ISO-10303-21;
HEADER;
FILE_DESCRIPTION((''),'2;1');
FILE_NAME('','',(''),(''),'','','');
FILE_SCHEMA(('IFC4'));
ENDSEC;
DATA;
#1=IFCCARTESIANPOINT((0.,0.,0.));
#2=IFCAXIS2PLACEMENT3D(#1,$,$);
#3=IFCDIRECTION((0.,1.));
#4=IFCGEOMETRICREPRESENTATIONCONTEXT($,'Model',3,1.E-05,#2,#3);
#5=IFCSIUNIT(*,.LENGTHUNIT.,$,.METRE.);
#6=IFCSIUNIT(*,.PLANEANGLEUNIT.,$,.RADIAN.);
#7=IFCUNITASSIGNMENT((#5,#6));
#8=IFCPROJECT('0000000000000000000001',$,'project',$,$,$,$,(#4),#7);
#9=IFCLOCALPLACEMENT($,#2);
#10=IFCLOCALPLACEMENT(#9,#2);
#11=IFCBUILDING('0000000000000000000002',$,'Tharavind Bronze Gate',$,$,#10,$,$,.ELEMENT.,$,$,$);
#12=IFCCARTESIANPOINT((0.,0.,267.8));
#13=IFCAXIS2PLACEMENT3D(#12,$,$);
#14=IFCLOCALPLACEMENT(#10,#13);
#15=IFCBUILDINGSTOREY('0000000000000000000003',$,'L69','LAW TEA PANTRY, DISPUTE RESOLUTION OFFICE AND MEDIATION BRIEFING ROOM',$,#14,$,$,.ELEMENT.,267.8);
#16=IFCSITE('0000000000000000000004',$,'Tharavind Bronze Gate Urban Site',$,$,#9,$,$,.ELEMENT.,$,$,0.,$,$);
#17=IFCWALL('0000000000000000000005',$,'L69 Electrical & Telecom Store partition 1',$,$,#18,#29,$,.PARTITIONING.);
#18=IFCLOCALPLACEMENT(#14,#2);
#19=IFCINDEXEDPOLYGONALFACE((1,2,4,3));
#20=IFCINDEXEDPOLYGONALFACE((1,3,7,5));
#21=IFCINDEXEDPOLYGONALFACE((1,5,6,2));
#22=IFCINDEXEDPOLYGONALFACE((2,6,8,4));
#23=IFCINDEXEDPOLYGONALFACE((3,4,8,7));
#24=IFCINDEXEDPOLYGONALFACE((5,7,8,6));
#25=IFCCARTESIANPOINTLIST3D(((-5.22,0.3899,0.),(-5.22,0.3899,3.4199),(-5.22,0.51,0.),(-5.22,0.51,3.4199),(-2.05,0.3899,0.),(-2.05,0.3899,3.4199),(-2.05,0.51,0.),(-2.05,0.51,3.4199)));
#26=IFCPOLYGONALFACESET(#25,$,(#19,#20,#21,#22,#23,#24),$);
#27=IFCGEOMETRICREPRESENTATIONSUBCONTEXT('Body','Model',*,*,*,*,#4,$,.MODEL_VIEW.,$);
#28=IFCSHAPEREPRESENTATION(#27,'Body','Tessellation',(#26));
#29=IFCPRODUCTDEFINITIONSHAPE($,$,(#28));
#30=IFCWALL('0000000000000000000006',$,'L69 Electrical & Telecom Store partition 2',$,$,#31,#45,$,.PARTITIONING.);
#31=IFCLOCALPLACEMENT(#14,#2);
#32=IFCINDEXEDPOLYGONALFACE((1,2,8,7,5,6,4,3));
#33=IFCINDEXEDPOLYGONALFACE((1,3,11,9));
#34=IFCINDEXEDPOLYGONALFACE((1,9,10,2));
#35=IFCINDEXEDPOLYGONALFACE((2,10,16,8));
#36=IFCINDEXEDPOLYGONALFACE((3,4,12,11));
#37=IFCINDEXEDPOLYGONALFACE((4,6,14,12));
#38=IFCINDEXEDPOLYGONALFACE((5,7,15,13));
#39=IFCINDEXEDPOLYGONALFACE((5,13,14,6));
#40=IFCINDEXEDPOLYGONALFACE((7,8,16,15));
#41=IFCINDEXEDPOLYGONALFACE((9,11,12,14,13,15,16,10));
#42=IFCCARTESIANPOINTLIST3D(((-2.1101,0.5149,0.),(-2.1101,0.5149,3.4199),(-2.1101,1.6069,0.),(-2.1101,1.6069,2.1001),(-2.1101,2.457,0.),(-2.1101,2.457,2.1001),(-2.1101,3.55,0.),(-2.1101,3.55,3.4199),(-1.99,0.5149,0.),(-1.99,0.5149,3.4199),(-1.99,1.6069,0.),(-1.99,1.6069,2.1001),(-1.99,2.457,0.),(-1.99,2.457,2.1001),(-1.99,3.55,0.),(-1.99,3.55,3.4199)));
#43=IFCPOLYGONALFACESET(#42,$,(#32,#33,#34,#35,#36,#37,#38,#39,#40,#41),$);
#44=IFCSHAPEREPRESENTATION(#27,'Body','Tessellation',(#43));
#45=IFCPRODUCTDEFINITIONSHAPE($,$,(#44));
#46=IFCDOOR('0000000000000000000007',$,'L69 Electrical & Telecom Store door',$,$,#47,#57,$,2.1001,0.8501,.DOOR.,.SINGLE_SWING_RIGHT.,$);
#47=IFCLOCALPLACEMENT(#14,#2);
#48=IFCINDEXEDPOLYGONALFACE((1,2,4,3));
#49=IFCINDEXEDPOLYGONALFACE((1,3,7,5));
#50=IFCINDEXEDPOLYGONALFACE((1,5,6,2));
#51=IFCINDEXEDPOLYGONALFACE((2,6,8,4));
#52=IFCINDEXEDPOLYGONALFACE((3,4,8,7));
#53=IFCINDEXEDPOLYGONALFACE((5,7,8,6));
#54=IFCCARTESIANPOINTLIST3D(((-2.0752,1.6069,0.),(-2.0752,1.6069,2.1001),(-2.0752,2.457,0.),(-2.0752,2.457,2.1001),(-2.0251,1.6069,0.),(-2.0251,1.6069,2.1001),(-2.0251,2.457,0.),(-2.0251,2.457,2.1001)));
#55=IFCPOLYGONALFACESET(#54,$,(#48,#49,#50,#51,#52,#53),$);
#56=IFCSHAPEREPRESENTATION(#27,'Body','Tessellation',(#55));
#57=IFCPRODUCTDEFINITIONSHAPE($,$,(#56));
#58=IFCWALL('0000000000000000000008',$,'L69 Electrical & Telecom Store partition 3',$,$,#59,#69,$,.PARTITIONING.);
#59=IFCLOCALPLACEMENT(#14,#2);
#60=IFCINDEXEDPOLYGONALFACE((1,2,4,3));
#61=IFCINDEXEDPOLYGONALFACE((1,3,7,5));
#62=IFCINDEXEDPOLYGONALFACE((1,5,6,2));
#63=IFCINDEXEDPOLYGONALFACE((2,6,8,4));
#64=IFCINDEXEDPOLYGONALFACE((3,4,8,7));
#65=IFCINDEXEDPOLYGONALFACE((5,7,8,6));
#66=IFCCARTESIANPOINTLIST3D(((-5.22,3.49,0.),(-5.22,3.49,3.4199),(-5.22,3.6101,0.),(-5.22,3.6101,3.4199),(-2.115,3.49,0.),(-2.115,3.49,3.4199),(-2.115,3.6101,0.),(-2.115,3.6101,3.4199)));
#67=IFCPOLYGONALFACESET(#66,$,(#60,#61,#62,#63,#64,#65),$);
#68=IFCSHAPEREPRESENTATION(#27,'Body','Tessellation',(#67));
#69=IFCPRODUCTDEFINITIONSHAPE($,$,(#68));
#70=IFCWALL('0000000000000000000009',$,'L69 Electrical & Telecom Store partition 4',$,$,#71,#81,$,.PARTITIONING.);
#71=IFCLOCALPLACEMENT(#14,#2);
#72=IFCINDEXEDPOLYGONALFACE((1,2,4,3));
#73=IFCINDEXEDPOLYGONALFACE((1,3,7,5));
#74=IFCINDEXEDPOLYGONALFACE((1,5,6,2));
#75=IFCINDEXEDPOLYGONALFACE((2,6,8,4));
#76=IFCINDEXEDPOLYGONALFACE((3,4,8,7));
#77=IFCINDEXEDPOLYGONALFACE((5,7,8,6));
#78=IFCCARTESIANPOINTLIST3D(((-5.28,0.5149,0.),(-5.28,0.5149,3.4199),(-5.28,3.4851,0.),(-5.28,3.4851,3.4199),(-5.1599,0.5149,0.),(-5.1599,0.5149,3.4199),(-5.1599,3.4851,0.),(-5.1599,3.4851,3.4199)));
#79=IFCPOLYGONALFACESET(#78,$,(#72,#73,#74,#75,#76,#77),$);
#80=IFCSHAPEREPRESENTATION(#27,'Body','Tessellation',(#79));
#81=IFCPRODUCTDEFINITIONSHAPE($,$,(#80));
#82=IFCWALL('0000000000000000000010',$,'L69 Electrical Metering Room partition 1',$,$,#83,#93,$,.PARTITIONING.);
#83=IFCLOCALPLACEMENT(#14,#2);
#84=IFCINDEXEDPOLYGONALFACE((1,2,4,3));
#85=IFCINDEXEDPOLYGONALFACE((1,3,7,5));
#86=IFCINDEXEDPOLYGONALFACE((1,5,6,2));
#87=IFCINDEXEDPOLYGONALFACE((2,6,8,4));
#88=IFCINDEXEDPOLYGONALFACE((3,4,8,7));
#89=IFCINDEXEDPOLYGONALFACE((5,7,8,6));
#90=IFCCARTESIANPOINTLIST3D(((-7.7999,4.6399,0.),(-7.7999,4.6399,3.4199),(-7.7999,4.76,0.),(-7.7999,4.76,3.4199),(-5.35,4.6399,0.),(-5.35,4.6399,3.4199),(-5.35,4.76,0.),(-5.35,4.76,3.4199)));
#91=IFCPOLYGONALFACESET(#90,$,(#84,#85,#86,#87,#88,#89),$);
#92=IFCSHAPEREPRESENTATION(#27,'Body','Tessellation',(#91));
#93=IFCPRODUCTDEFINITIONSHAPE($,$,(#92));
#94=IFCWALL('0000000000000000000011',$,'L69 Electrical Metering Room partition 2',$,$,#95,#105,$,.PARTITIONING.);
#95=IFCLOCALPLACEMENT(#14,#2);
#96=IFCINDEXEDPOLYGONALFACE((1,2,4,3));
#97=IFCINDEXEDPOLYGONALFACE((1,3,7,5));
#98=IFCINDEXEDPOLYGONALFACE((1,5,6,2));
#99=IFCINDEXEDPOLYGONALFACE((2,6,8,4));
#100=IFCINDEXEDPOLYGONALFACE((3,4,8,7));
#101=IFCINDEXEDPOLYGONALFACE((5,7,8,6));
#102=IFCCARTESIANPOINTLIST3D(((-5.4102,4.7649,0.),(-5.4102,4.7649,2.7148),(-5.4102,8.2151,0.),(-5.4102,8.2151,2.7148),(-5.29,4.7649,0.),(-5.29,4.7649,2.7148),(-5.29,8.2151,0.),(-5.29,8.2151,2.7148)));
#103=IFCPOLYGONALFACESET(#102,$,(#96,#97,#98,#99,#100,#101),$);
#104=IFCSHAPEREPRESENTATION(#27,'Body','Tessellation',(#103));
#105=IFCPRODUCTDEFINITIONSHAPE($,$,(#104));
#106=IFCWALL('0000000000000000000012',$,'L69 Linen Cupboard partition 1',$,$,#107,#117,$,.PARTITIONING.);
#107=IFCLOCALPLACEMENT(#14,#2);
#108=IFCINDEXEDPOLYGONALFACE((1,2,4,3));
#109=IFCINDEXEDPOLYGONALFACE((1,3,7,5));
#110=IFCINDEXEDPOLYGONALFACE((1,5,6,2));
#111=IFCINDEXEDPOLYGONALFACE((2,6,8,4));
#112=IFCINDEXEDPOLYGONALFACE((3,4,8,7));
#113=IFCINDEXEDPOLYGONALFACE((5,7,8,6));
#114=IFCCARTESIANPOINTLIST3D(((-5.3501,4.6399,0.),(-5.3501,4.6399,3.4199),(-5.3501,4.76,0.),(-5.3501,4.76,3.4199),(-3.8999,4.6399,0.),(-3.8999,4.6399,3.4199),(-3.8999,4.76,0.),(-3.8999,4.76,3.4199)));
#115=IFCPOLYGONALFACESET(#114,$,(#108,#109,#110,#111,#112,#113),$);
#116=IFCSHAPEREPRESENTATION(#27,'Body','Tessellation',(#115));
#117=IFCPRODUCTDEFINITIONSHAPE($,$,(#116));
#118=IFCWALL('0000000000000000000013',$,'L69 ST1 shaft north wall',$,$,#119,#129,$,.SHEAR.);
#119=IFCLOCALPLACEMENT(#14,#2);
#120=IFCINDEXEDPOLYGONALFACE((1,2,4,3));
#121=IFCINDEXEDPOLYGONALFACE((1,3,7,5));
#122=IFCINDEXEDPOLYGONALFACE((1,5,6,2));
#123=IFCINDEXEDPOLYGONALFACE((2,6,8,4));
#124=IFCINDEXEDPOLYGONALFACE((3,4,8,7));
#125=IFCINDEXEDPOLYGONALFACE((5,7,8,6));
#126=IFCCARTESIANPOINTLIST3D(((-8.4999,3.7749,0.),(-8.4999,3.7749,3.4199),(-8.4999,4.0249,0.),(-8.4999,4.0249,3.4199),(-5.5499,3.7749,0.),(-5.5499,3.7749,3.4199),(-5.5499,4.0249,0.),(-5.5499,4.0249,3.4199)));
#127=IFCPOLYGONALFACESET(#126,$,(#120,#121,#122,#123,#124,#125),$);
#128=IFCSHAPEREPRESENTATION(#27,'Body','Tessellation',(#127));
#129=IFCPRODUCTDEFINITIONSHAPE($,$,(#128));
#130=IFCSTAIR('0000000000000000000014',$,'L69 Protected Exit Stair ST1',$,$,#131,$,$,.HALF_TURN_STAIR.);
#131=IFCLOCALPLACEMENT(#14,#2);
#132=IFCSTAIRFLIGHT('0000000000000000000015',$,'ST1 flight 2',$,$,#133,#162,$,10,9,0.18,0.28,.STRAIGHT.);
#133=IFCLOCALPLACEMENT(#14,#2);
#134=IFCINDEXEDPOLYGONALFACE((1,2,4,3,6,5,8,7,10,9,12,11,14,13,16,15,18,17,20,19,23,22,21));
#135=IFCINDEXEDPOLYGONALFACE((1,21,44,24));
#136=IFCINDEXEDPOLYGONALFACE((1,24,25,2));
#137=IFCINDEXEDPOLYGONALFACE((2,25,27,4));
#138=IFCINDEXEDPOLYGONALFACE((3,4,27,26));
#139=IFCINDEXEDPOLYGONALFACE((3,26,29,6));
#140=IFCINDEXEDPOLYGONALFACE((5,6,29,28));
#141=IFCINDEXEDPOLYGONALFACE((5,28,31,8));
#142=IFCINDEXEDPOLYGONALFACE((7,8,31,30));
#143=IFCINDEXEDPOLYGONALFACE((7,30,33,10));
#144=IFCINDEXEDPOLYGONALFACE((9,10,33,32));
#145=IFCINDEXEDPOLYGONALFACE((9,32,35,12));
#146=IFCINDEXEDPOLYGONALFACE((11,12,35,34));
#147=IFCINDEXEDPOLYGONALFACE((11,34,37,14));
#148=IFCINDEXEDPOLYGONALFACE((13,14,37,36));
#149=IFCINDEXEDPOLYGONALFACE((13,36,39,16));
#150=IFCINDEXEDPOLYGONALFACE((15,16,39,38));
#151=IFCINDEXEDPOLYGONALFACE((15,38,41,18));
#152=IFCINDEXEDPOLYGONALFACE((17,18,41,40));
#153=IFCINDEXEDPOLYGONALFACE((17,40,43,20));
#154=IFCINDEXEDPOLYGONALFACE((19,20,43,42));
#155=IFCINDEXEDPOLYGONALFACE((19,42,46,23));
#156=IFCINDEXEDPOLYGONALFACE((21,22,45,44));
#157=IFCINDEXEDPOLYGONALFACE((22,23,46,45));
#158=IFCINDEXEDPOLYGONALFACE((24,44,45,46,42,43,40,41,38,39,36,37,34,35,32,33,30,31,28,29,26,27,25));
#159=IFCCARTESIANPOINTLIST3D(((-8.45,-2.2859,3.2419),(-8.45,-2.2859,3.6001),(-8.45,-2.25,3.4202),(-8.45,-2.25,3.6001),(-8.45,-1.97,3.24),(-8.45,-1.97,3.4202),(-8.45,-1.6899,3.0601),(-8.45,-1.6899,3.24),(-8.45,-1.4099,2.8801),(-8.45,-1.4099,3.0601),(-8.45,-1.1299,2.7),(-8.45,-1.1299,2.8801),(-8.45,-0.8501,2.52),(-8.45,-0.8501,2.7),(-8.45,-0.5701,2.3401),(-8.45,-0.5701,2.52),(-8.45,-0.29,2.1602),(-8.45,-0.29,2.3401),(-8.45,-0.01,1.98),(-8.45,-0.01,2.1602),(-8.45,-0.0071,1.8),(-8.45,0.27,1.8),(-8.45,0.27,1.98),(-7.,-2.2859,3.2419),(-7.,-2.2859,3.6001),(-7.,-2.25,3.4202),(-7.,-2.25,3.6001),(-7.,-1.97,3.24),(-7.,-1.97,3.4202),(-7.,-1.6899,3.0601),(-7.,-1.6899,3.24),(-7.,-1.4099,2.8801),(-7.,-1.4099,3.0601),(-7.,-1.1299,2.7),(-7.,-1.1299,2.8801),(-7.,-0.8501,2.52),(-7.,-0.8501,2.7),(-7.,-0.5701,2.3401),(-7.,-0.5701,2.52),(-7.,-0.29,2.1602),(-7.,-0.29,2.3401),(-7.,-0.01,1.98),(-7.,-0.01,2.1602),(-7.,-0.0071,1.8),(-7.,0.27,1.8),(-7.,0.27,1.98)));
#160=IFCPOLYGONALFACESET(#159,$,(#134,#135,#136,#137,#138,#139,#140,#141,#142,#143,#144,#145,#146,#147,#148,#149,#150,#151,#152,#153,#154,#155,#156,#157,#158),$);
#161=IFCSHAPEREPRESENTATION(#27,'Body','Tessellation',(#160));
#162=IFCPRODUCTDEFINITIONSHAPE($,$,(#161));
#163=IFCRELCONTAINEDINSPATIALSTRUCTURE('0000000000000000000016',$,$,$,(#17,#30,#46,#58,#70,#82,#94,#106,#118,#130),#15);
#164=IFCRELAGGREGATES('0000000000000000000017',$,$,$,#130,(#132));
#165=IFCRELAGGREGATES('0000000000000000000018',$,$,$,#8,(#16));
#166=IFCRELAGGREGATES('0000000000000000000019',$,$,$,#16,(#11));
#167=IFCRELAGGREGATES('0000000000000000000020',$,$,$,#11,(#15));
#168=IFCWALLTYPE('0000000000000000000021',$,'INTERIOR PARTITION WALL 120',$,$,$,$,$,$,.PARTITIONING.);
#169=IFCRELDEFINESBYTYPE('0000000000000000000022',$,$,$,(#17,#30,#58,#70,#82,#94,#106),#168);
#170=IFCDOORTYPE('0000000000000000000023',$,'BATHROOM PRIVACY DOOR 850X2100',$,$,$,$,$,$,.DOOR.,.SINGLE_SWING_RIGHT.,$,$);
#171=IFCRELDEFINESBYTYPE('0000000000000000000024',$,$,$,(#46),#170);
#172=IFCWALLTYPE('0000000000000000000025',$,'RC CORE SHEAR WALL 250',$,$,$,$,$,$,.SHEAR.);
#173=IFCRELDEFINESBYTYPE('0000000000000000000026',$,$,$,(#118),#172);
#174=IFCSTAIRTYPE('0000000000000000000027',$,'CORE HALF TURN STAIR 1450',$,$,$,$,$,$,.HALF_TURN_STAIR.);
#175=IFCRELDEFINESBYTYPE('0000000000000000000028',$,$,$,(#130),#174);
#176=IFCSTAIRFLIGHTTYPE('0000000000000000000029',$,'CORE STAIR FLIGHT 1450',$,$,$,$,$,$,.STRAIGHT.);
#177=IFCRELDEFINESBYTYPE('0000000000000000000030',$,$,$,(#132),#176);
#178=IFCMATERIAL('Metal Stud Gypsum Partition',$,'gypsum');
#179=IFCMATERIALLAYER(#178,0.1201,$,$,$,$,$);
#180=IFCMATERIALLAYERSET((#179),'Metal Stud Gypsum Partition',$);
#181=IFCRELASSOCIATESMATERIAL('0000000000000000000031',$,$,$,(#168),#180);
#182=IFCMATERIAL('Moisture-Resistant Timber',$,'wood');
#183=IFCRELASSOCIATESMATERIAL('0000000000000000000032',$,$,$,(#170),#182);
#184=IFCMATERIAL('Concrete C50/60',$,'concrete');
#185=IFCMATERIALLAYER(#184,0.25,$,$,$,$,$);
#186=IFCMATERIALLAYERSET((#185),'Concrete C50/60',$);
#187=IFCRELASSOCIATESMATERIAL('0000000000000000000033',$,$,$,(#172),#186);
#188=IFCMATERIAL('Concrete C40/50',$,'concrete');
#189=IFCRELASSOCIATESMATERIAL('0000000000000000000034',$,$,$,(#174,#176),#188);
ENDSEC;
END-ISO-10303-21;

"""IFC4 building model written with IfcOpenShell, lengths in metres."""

from ifc_helpers import new_model, si_unit, direction, frame, frame_2d, origin, place, context, subcontext, project, spatial, polyline, rectangle, outline, extrude, material, layer, layer_set, type_object, element, fill, aggregate, save


model = new_model("IFC4")

# Units and contexts
model_context = context("Model", 3, precision=1e-05, world=origin(), true_north=direction((0.0, 1.0)))
body_context = subcontext(model_context, "Body", "Model", "MODEL_VIEW")
ifc_project = project(units=[si_unit("LENGTHUNIT", "METRE"), si_unit("PLANEANGLEUNIT", "RADIAN")], contexts=[model_context])

# Site, building, storey
site_placement = place(None, origin())
site = spatial("IfcSite", under=ifc_project, at=site_placement, Name="Tharavind Bronze Gate Urban Site", CompositionType="ELEMENT", RefElevation=0.0)
building_placement = place(site_placement, origin())
building = spatial("IfcBuilding", under=site, at=building_placement, Name="Tharavind Bronze Gate", CompositionType="ELEMENT")
storey_placement = place(building_placement, frame((0.0, 0.0, 267.8)))
storey = spatial("IfcBuildingStorey", under=building, at=storey_placement, Name="L69", Description="LAW TEA PANTRY, DISPUTE RESOLUTION OFFICE AND MEDIATION BRIEFING ROOM", CompositionType="ELEMENT", Elevation=267.8)

# Wall
ifc_material_1 = material(Name="Metal Stud Gypsum Partition", Category="gypsum")
ifc_layer_1 = layer(ifc_material_1, 0.1201)
ifc_layer_set_1 = layer_set([ifc_layer_1], Name="Metal Stud Gypsum Partition")
wall_type_1 = type_object("IfcWallType", Name="INTERIOR PARTITION WALL 120", PredefinedType="PARTITIONING", material=ifc_layer_set_1)
wall_1_placement = place(storey_placement, frame((-5.22, 0.45, 0.0), z_axis=(0.0, 0.0, 1.0), x_axis=(1.0, 0.0, 0.0)))
element("IfcWall", 1, at=wall_1_placement, inside=storey, type_object=wall_type_1, Name="L69 Electrical & Telecom Store partition 1", PredefinedType="PARTITIONING", context=body_context, shape_type="SweptSolid", body=[
    extrude(rectangle(XDim=3.1699, YDim=0.1201, at=frame_2d((1.585, 0.0))), origin(), (0.0, 0.0, 1.0), 3.4199),
])

# Wall, opening, door
wall_2_placement = place(storey_placement, frame((-2.05, 0.5149, 0.0), z_axis=(0.0, 0.0, 1.0), x_axis=(0.0, 1.0, 0.0)))
wall_2 = element("IfcWall", 2, at=wall_2_placement, inside=storey, type_object=wall_type_1, Name="L69 Electrical & Telecom Store partition 2", PredefinedType="PARTITIONING", context=body_context, shape_type="SweptSolid", body=[
    extrude(rectangle(XDim=3.0352, YDim=0.1201, at=frame_2d((1.5176, 0.0))), origin(), (0.0, 0.0, 1.0), 3.4199),
])
opening_placement = place(wall_2_placement, frame((1.092, 0.0, 0.0)))
opening = element("IfcOpeningElement", 3, at=opening_placement, cuts=wall_2, PredefinedType="OPENING", context=body_context, shape_type="SweptSolid", body=[
    extrude(rectangle(XDim=0.8501, YDim=2.1001, at=frame_2d((0.425, 1.05))), frame((0.0, 0.0701, 0.0), z_axis=(0.0, -1.0, 0.0), x_axis=(1.0, 0.0, 0.0)), (0.0, 0.0, 1.0), 0.1401),
])
ifc_material_2 = material(Name="Moisture-Resistant Timber", Category="wood")
door_type = type_object("IfcDoorType", Name="BATHROOM PRIVACY DOOR 850X2100", OperationType="SINGLE_SWING_RIGHT", PredefinedType="DOOR", material=ifc_material_2)
door_placement = place(opening_placement, frame((0.8501, 0.0, 0.0), z_axis=(0.0, 0.0, 1.0), x_axis=(-1.0, 0.0, 0.0)))
door = element("IfcDoor", 4, at=door_placement, inside=storey, type_object=door_type, Name="L69 Electrical & Telecom Store door", OperationType="SINGLE_SWING_RIGHT", OverallHeight=2.1001, OverallWidth=0.8501, PredefinedType="DOOR", context=body_context, shape_type="SweptSolid", body=[
    extrude(rectangle(XDim=0.8501, YDim=2.1001, at=frame_2d((0.425, 1.05))), frame((0.0, 0.0249, 0.0), z_axis=(0.0, -1.0, 0.0), x_axis=(1.0, 0.0, 0.0)), (0.0, 0.0, 1.0), 0.05),
])
fill(opening, door)

# Walls
wall_3_placement = place(storey_placement, frame((-2.115, 3.55, 0.0), z_axis=(0.0, 0.0, 1.0), x_axis=(-1.0, 0.0, 0.0)))
element("IfcWall", 5, at=wall_3_placement, inside=storey, type_object=wall_type_1, Name="L69 Electrical & Telecom Store partition 3", PredefinedType="PARTITIONING", context=body_context, shape_type="SweptSolid", body=[
    extrude(rectangle(XDim=3.105, YDim=0.1201, at=frame_2d((1.5525, 0.0))), origin(), (0.0, 0.0, 1.0), 3.4199),
])
wall_4_placement = place(storey_placement, frame((-5.22, 3.4851, 0.0), z_axis=(0.0, 0.0, 1.0), x_axis=(0.0, -1.0, 0.0)))
element("IfcWall", 6, at=wall_4_placement, inside=storey, type_object=wall_type_1, Name="L69 Electrical & Telecom Store partition 4", PredefinedType="PARTITIONING", context=body_context, shape_type="SweptSolid", body=[
    extrude(rectangle(XDim=2.9702, YDim=0.1201, at=frame_2d((1.4851, 0.0))), origin(), (0.0, 0.0, 1.0), 3.4199),
])
wall_5_placement = place(storey_placement, frame((-7.8, 4.7, 0.0), z_axis=(0.0, 0.0, 1.0), x_axis=(1.0, 0.0, 0.0)))
element("IfcWall", 7, at=wall_5_placement, inside=storey, type_object=wall_type_1, Name="L69 Electrical Metering Room partition 1", PredefinedType="PARTITIONING", context=body_context, shape_type="SweptSolid", body=[
    extrude(rectangle(XDim=2.45, YDim=0.1201, at=frame_2d((1.2251, 0.0))), origin(), (0.0, 0.0, 1.0), 3.4199),
])
wall_6_placement = place(storey_placement, frame((-5.3501, 4.7649, 0.0), z_axis=(0.0, 0.0, 1.0), x_axis=(0.0, 1.0, 0.0)))
element("IfcWall", 8, at=wall_6_placement, inside=storey, type_object=wall_type_1, Name="L69 Electrical Metering Room partition 2", PredefinedType="PARTITIONING", context=body_context, shape_type="SweptSolid", body=[
    extrude(rectangle(XDim=3.4502, YDim=0.1201, at=frame_2d((1.7251, 0.0))), origin(), (0.0, 0.0, 1.0), 2.7148),
])
wall_7_placement = place(storey_placement, frame((-5.3501, 4.7, 0.0), z_axis=(0.0, 0.0, 1.0), x_axis=(1.0, 0.0, 0.0)))
element("IfcWall", 9, at=wall_7_placement, inside=storey, type_object=wall_type_1, Name="L69 Linen Cupboard partition 1", PredefinedType="PARTITIONING", context=body_context, shape_type="SweptSolid", body=[
    extrude(rectangle(XDim=1.4502, YDim=0.1201, at=frame_2d((0.7251, 0.0))), origin(), (0.0, 0.0, 1.0), 3.4199),
])
ifc_material_3 = material(Name="Concrete C50/60", Category="concrete")
ifc_layer_2 = layer(ifc_material_3, 0.25)
ifc_layer_set_2 = layer_set([ifc_layer_2], Name="Concrete C50/60")
wall_type_2 = type_object("IfcWallType", Name="RC CORE SHEAR WALL 250", PredefinedType="SHEAR", material=ifc_layer_set_2)
wall_8_placement = place(storey_placement, frame((-8.5, 3.8999, 0.0), z_axis=(0.0, 0.0, 1.0), x_axis=(1.0, 0.0, 0.0)))
element("IfcWall", 10, at=wall_8_placement, inside=storey, type_object=wall_type_2, Name="L69 ST1 shaft north wall", PredefinedType="SHEAR", context=body_context, shape_type="SweptSolid", body=[
    extrude(rectangle(XDim=2.95, YDim=0.25, at=frame_2d((1.4751, 0.0))), origin(), (0.0, 0.0, 1.0), 3.4199),
])

# Stair, stair flight
ifc_material_4 = material(Name="Concrete C40/50", Category="concrete")
stair_type = type_object("IfcStairType", Name="CORE HALF TURN STAIR 1450", PredefinedType="HALF_TURN_STAIR", material=ifc_material_4)
stair_placement = place(storey_placement, origin())
stair = element("IfcStair", 11, at=stair_placement, inside=storey, type_object=stair_type, Name="L69 Protected Exit Stair ST1", PredefinedType="HALF_TURN_STAIR")
stair_flight_type = type_object("IfcStairFlightType", Name="CORE STAIR FLIGHT 1450", PredefinedType="STRAIGHT", material=ifc_material_4)
stair_flight_placement = place(storey_placement, frame((-7.7251, 0.27, 1.8), z_axis=(0.0, 0.0, 1.0), x_axis=(0.0, -1.0, 0.0)))
stair_flight = element("IfcStairFlight", 12, at=stair_flight_placement, type_object=stair_flight_type, Name="ST1 flight 2", NumberOfRisers=10, NumberOfTreads=9, PredefinedType="STRAIGHT", RiserHeight=0.18, TreadLength=0.28, context=body_context, shape_type="SweptSolid", body=[
    extrude(outline(polyline([(0.0, 0.0), (0.0, 0.1799), (0.28, 0.1799), (0.28, 0.3601), (0.5601, 0.3601), (0.5601, 0.54), (0.8401, 0.54), (0.8401, 0.72), (1.1201, 0.72), (1.1201, 0.8999), (1.3999, 0.8999), (1.3999, 1.0801), (1.6799, 1.0801), (1.6799, 1.26), (1.96, 1.26), (1.96, 1.4399), (2.24, 1.4399), (2.24, 1.6201), (2.52, 1.6201), (2.52, 1.8), (2.5559, 1.8), (2.5559, 1.4419), (0.2771, 0.0), (0.0, 0.0)])), frame((0.0, 0.7251, 0.0), z_axis=(0.0, -1.0, 0.0), x_axis=(1.0, 0.0, 0.0)), (0.0, 0.0, 1.0), 1.45),
])
aggregate(stair, [stair_flight])

save(model, "model.ifc")
